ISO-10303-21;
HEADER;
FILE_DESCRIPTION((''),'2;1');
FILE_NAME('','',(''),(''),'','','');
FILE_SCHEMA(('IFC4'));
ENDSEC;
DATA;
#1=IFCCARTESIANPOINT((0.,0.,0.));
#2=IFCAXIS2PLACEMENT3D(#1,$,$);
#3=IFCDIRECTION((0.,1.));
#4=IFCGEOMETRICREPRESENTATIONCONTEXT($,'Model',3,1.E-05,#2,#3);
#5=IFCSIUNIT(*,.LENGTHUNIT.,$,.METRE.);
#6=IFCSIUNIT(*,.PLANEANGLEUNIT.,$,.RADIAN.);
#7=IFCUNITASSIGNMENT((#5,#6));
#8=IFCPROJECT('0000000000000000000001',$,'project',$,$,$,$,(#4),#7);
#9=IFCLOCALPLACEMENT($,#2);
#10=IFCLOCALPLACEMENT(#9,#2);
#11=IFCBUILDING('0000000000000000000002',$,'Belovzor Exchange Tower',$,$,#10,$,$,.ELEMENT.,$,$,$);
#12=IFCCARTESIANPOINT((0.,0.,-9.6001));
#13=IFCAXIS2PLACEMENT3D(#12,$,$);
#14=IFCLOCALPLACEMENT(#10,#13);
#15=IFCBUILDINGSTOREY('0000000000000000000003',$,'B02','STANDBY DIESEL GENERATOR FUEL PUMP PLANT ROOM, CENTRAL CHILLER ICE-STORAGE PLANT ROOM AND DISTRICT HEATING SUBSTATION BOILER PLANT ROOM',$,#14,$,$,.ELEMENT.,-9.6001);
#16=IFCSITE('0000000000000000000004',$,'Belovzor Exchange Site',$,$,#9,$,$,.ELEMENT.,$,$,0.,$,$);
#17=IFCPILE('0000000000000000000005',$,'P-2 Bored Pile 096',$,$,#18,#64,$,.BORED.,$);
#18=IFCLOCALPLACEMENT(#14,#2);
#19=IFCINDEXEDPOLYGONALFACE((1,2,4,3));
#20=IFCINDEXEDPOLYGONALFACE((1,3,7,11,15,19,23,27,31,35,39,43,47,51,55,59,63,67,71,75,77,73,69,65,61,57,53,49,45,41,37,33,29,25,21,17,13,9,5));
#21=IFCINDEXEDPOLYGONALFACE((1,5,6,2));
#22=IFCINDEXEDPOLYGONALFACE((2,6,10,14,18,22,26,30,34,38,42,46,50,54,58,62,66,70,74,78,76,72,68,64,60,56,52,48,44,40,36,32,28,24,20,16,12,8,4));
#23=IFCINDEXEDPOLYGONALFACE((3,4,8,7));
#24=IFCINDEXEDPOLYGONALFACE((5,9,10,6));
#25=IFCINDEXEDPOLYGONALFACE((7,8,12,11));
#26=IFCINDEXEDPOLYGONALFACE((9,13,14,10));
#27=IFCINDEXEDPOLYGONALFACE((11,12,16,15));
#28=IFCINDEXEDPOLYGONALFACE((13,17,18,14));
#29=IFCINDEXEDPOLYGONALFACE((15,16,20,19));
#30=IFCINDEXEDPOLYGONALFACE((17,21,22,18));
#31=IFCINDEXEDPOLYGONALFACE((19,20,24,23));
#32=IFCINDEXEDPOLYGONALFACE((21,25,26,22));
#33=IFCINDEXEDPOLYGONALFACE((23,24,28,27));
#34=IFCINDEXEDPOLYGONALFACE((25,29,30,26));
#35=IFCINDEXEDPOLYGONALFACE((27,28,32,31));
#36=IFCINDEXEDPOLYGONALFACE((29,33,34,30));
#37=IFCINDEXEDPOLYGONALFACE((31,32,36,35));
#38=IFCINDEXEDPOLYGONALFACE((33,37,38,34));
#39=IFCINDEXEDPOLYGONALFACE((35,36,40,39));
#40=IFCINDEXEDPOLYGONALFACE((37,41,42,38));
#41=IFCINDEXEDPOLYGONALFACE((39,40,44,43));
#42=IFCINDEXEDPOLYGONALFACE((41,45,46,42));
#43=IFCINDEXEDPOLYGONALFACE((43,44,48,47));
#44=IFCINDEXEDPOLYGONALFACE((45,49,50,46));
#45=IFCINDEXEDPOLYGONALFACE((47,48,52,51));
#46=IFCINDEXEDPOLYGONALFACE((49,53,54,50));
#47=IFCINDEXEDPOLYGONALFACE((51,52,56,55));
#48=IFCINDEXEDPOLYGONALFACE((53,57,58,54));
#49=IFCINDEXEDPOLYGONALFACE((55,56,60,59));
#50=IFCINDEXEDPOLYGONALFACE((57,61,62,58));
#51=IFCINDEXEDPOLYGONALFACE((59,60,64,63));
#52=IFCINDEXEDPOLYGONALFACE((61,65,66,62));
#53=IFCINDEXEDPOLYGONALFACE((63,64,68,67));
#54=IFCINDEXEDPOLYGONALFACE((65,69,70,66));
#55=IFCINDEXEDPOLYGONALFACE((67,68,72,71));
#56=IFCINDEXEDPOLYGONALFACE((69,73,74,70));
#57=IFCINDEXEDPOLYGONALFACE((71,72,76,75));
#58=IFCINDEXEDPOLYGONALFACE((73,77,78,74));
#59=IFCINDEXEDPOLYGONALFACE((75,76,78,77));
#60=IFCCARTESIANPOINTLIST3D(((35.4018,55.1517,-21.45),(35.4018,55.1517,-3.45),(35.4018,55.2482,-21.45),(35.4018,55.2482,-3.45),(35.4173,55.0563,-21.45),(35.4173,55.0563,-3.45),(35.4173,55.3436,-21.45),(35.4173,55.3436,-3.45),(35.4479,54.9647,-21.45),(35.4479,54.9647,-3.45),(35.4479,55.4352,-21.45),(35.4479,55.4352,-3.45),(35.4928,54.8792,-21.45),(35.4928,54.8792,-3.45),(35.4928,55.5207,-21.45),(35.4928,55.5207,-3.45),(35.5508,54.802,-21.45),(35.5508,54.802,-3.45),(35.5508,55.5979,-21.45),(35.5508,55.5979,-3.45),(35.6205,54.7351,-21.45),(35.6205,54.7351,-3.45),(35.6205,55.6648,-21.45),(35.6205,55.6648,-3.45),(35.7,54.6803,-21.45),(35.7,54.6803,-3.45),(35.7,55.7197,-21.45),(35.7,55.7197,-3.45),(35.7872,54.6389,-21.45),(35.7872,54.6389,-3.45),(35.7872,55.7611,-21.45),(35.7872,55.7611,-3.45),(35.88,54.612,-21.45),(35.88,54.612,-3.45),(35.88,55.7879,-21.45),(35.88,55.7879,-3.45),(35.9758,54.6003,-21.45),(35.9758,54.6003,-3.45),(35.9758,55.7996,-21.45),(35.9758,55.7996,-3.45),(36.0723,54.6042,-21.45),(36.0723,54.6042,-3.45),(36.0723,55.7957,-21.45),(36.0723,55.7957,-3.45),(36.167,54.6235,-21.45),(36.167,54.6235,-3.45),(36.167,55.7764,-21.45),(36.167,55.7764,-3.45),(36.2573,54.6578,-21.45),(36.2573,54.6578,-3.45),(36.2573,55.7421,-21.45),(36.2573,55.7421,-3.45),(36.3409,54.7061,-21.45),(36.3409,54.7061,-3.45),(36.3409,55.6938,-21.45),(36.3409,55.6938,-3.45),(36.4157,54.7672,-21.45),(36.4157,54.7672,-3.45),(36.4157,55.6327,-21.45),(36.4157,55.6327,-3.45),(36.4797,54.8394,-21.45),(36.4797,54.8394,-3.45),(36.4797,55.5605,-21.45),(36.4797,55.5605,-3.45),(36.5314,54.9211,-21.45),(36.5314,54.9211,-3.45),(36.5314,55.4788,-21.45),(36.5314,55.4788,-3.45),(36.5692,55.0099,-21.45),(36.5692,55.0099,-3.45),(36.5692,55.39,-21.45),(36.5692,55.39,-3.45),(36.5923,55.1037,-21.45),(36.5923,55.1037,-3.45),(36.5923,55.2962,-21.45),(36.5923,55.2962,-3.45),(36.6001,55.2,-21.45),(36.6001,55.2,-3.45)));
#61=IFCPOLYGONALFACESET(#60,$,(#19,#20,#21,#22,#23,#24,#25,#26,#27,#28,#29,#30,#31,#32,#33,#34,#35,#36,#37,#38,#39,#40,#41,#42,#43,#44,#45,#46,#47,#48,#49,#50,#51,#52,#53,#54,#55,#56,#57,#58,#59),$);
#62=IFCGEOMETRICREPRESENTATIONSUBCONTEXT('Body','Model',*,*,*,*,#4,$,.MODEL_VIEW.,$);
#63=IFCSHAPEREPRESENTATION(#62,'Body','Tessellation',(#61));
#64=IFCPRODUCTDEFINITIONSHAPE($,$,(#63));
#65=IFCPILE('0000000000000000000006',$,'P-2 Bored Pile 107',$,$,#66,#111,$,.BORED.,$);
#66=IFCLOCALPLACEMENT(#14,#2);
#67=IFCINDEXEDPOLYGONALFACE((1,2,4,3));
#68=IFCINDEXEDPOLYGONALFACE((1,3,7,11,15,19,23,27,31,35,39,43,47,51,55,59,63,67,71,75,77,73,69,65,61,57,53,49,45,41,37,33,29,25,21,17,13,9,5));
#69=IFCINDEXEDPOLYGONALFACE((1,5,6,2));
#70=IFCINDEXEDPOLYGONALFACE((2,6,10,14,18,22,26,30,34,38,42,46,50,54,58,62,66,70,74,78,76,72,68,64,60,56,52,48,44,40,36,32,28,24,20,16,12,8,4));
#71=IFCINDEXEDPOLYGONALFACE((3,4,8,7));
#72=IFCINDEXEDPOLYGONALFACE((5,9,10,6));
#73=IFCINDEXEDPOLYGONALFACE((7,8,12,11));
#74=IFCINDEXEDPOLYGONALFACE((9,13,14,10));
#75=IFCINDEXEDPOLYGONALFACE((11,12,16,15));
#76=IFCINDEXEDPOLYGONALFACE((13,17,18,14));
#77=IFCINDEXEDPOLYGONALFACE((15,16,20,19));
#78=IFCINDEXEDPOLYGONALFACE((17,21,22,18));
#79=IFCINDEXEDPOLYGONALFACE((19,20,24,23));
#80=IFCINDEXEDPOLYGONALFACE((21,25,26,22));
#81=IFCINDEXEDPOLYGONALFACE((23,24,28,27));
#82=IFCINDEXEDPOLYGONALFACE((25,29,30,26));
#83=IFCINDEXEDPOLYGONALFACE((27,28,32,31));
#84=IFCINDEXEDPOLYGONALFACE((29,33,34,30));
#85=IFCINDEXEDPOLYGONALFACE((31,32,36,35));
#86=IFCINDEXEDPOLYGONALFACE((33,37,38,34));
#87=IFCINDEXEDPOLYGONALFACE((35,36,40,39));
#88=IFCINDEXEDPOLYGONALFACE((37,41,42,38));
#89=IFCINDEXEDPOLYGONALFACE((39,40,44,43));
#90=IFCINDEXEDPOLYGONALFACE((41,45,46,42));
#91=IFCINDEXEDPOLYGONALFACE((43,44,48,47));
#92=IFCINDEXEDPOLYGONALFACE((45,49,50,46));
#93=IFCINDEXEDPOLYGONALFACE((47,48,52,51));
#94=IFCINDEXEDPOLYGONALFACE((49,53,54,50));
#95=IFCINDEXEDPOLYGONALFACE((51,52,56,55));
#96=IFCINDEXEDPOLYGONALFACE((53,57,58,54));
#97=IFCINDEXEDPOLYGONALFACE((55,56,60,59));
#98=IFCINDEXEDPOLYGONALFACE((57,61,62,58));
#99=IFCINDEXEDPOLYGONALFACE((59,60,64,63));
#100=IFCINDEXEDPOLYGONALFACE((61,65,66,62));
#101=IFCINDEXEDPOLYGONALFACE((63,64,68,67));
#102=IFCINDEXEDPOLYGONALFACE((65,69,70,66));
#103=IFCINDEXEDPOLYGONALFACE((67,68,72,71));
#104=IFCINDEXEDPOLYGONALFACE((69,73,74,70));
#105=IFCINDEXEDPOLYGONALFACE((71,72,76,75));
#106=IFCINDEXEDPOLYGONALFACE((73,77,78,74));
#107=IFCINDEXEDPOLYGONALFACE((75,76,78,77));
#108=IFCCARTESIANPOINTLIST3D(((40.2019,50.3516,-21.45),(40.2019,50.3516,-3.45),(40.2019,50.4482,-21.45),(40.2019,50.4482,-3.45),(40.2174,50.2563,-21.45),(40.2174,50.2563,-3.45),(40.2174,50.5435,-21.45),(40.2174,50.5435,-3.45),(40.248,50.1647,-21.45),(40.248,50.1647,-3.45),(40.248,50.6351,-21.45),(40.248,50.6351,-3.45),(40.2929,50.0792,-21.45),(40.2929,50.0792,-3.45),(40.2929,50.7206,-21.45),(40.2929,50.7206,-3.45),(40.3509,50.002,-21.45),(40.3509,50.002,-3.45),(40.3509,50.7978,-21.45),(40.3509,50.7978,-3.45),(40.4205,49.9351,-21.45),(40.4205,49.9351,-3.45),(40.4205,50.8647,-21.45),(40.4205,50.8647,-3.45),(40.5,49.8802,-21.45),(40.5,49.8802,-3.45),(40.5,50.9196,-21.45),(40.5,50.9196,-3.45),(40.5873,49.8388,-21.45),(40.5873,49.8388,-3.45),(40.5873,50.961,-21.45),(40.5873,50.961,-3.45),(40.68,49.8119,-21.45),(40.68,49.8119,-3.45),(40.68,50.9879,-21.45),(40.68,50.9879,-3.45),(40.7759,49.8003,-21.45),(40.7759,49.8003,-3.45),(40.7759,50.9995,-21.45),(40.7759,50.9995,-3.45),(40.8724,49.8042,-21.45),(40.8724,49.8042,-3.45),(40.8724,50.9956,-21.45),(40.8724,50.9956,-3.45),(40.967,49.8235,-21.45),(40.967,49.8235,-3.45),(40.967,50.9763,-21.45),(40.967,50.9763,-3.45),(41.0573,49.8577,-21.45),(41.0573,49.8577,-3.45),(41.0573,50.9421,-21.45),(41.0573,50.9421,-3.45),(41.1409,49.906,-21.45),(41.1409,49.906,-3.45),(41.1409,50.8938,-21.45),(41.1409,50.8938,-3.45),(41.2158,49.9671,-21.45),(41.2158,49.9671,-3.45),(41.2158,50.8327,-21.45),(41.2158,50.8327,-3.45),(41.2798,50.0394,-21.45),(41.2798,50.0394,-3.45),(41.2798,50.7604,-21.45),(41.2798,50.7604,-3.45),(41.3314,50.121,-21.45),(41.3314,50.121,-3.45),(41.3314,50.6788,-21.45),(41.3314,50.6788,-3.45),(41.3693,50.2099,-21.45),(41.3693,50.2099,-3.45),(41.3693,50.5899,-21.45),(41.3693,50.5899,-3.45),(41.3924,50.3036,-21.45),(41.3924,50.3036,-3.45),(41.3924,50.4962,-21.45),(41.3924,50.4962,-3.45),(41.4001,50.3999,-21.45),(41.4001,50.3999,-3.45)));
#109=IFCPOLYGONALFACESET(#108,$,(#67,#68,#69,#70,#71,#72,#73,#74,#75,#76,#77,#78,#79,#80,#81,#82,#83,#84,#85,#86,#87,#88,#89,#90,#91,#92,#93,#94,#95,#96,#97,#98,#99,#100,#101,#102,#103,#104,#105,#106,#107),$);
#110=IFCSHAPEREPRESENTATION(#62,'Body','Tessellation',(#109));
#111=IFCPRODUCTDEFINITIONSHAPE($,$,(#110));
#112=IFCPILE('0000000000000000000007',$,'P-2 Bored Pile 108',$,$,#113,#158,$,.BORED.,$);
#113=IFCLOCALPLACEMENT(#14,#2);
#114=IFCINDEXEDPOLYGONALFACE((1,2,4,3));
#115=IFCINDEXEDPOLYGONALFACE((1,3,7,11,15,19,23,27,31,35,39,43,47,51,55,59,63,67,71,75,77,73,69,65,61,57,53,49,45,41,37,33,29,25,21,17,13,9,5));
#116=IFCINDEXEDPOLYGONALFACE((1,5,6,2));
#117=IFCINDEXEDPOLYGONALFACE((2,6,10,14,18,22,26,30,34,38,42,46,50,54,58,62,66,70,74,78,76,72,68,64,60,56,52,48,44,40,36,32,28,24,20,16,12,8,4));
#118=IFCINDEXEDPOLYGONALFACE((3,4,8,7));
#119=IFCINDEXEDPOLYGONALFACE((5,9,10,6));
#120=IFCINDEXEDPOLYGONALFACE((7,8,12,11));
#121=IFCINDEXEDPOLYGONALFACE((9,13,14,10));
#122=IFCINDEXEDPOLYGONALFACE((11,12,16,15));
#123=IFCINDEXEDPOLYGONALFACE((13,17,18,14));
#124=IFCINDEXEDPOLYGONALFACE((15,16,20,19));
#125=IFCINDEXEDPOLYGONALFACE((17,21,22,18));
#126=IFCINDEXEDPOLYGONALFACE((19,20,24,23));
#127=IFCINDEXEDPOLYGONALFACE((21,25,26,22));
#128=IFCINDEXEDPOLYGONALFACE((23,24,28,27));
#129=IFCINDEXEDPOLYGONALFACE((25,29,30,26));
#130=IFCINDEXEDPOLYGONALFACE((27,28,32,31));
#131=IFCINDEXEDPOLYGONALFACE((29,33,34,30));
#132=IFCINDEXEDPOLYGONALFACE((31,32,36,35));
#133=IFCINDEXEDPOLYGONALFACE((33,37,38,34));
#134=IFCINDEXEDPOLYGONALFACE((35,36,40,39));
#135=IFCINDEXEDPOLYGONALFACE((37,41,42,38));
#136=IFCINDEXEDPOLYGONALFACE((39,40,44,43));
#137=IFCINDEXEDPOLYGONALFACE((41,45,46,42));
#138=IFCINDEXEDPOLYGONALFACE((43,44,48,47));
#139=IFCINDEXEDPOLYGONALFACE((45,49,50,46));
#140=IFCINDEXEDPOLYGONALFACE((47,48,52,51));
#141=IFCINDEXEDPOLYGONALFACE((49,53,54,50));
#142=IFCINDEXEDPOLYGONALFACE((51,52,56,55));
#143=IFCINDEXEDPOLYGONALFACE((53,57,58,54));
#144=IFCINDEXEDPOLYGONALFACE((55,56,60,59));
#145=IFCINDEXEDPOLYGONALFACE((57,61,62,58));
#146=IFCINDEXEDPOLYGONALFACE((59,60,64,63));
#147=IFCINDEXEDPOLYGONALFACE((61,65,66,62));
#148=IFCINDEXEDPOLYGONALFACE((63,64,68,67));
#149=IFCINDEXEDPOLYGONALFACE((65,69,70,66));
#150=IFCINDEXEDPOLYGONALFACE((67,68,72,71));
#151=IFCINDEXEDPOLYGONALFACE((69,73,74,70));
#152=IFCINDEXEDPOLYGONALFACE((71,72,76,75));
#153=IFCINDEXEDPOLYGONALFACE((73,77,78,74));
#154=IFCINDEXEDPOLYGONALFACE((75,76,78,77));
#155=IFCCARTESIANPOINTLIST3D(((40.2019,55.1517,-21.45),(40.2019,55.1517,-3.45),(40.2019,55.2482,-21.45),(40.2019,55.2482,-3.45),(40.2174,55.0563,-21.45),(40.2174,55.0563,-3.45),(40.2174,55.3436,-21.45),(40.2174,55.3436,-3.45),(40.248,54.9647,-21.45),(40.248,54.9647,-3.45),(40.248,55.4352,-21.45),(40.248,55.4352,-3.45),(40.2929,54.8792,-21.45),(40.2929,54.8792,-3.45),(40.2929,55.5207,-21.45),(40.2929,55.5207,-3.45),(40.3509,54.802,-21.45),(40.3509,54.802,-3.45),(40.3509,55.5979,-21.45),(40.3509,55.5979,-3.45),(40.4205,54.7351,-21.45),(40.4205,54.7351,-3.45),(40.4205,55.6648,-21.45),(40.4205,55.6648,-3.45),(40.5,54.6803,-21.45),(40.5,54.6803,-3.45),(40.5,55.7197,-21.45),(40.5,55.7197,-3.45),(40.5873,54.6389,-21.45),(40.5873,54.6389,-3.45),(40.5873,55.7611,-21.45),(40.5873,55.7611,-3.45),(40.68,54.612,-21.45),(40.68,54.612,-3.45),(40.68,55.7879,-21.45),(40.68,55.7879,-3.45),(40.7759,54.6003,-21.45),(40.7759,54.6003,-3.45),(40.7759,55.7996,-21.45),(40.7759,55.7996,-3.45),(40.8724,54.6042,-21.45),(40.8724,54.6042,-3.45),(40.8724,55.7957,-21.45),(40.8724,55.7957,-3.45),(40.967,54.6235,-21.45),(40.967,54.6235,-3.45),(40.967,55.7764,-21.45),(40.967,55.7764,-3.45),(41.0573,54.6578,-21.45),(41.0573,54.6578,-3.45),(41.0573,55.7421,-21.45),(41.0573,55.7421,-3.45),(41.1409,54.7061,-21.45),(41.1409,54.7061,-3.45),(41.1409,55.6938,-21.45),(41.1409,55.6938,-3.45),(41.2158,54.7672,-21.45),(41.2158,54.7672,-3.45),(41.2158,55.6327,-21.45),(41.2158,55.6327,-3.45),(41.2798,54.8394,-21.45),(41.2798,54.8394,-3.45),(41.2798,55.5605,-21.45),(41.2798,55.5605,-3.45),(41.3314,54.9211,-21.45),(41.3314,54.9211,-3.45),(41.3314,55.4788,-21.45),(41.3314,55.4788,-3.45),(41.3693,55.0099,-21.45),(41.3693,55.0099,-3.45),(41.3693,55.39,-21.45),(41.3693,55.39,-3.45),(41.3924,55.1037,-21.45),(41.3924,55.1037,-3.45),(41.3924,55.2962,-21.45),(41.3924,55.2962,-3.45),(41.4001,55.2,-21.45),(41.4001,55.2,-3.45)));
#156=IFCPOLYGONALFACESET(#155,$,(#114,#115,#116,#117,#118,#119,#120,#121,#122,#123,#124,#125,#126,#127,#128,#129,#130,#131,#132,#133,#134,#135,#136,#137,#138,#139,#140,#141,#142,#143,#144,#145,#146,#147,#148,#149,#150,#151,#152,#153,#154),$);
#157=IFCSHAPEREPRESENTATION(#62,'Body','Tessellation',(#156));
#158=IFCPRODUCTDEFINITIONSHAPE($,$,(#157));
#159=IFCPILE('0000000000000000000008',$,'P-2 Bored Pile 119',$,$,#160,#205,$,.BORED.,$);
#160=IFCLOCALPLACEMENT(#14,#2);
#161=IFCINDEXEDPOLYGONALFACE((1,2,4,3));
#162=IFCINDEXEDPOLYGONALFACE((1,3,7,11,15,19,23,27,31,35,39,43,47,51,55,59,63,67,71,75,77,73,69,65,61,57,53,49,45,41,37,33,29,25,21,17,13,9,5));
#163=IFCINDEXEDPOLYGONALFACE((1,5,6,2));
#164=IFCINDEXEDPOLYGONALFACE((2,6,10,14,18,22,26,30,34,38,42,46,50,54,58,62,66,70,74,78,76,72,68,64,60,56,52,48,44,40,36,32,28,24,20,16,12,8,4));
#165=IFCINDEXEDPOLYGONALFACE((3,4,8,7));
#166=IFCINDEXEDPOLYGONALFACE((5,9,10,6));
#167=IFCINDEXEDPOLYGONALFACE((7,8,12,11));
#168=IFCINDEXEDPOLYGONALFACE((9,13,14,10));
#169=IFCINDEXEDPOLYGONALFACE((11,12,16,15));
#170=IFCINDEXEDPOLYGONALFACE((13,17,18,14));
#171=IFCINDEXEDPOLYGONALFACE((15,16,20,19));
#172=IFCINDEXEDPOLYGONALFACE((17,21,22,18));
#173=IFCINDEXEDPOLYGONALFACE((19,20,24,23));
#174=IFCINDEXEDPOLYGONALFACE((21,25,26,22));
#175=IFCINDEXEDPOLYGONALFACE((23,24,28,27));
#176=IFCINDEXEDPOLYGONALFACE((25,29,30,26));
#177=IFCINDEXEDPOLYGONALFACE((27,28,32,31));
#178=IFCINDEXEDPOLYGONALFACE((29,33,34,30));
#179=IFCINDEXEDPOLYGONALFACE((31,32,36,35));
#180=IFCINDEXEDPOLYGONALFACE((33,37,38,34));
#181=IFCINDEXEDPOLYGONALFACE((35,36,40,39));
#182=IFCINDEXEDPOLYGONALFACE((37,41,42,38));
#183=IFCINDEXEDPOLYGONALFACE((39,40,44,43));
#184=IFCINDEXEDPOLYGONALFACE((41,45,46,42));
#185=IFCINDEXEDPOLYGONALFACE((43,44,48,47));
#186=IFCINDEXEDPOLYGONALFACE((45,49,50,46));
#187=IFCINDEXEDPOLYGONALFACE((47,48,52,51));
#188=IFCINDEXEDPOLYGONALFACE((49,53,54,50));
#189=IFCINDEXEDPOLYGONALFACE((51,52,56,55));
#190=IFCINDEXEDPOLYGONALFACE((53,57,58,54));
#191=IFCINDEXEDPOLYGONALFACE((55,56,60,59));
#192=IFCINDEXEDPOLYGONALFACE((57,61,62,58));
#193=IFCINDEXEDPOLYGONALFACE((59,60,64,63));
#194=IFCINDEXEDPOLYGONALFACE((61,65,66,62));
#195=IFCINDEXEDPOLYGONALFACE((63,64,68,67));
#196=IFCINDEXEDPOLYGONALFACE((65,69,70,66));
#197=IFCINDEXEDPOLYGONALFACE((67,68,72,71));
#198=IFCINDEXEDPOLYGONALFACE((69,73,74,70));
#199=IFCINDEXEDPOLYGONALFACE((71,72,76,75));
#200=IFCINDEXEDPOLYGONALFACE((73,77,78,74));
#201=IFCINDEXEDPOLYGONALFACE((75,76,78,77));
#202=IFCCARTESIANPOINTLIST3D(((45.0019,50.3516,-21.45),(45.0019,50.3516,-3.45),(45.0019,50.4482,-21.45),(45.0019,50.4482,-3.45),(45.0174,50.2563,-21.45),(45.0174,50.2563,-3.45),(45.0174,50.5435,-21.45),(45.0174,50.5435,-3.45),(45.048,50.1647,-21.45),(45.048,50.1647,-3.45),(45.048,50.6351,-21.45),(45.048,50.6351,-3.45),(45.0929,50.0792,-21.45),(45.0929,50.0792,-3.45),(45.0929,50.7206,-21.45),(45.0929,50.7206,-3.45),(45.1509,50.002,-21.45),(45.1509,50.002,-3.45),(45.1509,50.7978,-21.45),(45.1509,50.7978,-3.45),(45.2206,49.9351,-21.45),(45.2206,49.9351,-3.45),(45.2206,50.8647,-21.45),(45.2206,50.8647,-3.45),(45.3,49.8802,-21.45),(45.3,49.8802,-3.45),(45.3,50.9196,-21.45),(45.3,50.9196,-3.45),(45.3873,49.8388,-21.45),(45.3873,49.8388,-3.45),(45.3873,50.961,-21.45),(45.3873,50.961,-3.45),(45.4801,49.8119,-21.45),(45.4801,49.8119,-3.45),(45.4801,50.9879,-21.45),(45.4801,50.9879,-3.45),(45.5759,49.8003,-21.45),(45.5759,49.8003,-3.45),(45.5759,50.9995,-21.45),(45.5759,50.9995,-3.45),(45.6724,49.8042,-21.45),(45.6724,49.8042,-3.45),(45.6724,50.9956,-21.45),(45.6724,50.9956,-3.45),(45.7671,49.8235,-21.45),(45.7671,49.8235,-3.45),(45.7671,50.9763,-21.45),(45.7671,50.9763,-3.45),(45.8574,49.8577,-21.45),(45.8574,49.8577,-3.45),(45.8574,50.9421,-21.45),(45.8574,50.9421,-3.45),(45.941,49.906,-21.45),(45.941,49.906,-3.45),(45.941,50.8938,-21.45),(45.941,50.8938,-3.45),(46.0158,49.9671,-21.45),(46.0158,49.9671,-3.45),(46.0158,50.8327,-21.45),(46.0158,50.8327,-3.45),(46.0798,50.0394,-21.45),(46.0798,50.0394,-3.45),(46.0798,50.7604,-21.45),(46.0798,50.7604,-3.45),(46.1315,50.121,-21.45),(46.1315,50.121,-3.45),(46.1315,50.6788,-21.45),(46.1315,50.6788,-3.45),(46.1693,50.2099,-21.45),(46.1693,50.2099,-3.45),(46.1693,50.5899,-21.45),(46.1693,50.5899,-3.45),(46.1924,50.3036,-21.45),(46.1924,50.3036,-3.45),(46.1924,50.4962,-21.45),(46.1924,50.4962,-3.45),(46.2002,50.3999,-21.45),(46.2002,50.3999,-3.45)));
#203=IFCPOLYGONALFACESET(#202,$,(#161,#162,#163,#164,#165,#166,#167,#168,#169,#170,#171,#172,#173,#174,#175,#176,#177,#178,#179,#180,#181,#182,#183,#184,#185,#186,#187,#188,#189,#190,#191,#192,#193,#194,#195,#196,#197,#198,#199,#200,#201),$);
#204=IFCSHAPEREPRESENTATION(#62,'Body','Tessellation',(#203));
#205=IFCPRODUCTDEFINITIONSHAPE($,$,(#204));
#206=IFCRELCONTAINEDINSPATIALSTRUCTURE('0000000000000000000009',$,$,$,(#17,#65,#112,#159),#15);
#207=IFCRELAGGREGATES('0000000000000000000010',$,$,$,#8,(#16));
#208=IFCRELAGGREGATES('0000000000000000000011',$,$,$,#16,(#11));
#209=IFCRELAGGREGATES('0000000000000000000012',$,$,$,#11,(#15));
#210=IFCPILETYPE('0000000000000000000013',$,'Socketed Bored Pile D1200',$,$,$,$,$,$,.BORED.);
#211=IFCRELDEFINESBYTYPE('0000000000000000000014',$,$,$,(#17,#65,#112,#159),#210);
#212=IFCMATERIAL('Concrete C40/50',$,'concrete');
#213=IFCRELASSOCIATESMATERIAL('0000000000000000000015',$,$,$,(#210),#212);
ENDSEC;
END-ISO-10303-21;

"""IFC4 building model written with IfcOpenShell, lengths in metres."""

from ifc_helpers import new_model, si_unit, direction, frame, origin, origin_2d, place, context, subcontext, project, spatial, circle, extrude, material, material_profile, profile_set, type_object, element, save


model = new_model("IFC4")

# Units and contexts
model_context = context("Model", 3, precision=1e-05, world=origin(), true_north=direction((0.0, 1.0)))
body_context = subcontext(model_context, "Body", "Model", "MODEL_VIEW")
ifc_project = project(units=[si_unit("LENGTHUNIT", "METRE"), si_unit("PLANEANGLEUNIT", "RADIAN")], contexts=[model_context])

# Site, building, storey
site_placement = place(None, origin())
site = spatial("IfcSite", under=ifc_project, at=site_placement, Name="Belovzor Exchange Site", CompositionType="ELEMENT", RefElevation=0.0)
building_placement = place(site_placement, origin())
building = spatial("IfcBuilding", under=site, at=building_placement, Name="Belovzor Exchange Tower", CompositionType="ELEMENT")
storey_placement = place(building_placement, frame((0.0, 0.0, -9.6001)))
storey = spatial("IfcBuildingStorey", under=building, at=storey_placement, Name="B02", Description="STANDBY DIESEL GENERATOR FUEL PUMP PLANT ROOM, CENTRAL CHILLER ICE-STORAGE PLANT ROOM AND DISTRICT HEATING SUBSTATION BOILER PLANT ROOM", CompositionType="ELEMENT", Elevation=-9.6001)

# Piles
ifc_material_1 = material(Name="Concrete C40/50", Category="concrete")
ifc_material_profile_1 = material_profile(ifc_material_1, circle(Radius=0.6001, at=origin_2d()))
ifc_profile_set_1 = profile_set([ifc_material_profile_1], Name="Concrete C40/50")
pile_type_1 = type_object("IfcPileType", Name="Socketed Bored Pile D1200", PredefinedType="BORED", material=ifc_profile_set_1)
for number, where, z_axis, x_axis, name in (
    (1, (36.0, 55.2, -3.45), (0.0, 0.0, -1.0), (1.0, 0.0, 0.0), "P-2 Bored Pile 096"),
    (2, (40.8, 50.3999, -3.45), (0.0, 0.0, -1.0), (1.0, 0.0, 0.0), "P-2 Bored Pile 107"),
    (3, (40.8, 55.2, -3.45), (0.0, 0.0, -1.0), (1.0, 0.0, 0.0), "P-2 Bored Pile 108"),
    (4, (45.6001, 50.3999, -3.45), (0.0, 0.0, -1.0), (1.0, 0.0, 0.0), "P-2 Bored Pile 119"),
):
    element("IfcPile", number, at=place(storey_placement, frame(where, z_axis=z_axis, x_axis=x_axis)), inside=storey, type_object=pile_type_1, Name=name, PredefinedType="BORED", context=body_context, shape_type="SweptSolid", body=[
        extrude(circle(Radius=0.6001, at=origin_2d()), origin(), (0.0, 0.0, 1.0), 18.0),
    ])

save(model, "model.ifc")
